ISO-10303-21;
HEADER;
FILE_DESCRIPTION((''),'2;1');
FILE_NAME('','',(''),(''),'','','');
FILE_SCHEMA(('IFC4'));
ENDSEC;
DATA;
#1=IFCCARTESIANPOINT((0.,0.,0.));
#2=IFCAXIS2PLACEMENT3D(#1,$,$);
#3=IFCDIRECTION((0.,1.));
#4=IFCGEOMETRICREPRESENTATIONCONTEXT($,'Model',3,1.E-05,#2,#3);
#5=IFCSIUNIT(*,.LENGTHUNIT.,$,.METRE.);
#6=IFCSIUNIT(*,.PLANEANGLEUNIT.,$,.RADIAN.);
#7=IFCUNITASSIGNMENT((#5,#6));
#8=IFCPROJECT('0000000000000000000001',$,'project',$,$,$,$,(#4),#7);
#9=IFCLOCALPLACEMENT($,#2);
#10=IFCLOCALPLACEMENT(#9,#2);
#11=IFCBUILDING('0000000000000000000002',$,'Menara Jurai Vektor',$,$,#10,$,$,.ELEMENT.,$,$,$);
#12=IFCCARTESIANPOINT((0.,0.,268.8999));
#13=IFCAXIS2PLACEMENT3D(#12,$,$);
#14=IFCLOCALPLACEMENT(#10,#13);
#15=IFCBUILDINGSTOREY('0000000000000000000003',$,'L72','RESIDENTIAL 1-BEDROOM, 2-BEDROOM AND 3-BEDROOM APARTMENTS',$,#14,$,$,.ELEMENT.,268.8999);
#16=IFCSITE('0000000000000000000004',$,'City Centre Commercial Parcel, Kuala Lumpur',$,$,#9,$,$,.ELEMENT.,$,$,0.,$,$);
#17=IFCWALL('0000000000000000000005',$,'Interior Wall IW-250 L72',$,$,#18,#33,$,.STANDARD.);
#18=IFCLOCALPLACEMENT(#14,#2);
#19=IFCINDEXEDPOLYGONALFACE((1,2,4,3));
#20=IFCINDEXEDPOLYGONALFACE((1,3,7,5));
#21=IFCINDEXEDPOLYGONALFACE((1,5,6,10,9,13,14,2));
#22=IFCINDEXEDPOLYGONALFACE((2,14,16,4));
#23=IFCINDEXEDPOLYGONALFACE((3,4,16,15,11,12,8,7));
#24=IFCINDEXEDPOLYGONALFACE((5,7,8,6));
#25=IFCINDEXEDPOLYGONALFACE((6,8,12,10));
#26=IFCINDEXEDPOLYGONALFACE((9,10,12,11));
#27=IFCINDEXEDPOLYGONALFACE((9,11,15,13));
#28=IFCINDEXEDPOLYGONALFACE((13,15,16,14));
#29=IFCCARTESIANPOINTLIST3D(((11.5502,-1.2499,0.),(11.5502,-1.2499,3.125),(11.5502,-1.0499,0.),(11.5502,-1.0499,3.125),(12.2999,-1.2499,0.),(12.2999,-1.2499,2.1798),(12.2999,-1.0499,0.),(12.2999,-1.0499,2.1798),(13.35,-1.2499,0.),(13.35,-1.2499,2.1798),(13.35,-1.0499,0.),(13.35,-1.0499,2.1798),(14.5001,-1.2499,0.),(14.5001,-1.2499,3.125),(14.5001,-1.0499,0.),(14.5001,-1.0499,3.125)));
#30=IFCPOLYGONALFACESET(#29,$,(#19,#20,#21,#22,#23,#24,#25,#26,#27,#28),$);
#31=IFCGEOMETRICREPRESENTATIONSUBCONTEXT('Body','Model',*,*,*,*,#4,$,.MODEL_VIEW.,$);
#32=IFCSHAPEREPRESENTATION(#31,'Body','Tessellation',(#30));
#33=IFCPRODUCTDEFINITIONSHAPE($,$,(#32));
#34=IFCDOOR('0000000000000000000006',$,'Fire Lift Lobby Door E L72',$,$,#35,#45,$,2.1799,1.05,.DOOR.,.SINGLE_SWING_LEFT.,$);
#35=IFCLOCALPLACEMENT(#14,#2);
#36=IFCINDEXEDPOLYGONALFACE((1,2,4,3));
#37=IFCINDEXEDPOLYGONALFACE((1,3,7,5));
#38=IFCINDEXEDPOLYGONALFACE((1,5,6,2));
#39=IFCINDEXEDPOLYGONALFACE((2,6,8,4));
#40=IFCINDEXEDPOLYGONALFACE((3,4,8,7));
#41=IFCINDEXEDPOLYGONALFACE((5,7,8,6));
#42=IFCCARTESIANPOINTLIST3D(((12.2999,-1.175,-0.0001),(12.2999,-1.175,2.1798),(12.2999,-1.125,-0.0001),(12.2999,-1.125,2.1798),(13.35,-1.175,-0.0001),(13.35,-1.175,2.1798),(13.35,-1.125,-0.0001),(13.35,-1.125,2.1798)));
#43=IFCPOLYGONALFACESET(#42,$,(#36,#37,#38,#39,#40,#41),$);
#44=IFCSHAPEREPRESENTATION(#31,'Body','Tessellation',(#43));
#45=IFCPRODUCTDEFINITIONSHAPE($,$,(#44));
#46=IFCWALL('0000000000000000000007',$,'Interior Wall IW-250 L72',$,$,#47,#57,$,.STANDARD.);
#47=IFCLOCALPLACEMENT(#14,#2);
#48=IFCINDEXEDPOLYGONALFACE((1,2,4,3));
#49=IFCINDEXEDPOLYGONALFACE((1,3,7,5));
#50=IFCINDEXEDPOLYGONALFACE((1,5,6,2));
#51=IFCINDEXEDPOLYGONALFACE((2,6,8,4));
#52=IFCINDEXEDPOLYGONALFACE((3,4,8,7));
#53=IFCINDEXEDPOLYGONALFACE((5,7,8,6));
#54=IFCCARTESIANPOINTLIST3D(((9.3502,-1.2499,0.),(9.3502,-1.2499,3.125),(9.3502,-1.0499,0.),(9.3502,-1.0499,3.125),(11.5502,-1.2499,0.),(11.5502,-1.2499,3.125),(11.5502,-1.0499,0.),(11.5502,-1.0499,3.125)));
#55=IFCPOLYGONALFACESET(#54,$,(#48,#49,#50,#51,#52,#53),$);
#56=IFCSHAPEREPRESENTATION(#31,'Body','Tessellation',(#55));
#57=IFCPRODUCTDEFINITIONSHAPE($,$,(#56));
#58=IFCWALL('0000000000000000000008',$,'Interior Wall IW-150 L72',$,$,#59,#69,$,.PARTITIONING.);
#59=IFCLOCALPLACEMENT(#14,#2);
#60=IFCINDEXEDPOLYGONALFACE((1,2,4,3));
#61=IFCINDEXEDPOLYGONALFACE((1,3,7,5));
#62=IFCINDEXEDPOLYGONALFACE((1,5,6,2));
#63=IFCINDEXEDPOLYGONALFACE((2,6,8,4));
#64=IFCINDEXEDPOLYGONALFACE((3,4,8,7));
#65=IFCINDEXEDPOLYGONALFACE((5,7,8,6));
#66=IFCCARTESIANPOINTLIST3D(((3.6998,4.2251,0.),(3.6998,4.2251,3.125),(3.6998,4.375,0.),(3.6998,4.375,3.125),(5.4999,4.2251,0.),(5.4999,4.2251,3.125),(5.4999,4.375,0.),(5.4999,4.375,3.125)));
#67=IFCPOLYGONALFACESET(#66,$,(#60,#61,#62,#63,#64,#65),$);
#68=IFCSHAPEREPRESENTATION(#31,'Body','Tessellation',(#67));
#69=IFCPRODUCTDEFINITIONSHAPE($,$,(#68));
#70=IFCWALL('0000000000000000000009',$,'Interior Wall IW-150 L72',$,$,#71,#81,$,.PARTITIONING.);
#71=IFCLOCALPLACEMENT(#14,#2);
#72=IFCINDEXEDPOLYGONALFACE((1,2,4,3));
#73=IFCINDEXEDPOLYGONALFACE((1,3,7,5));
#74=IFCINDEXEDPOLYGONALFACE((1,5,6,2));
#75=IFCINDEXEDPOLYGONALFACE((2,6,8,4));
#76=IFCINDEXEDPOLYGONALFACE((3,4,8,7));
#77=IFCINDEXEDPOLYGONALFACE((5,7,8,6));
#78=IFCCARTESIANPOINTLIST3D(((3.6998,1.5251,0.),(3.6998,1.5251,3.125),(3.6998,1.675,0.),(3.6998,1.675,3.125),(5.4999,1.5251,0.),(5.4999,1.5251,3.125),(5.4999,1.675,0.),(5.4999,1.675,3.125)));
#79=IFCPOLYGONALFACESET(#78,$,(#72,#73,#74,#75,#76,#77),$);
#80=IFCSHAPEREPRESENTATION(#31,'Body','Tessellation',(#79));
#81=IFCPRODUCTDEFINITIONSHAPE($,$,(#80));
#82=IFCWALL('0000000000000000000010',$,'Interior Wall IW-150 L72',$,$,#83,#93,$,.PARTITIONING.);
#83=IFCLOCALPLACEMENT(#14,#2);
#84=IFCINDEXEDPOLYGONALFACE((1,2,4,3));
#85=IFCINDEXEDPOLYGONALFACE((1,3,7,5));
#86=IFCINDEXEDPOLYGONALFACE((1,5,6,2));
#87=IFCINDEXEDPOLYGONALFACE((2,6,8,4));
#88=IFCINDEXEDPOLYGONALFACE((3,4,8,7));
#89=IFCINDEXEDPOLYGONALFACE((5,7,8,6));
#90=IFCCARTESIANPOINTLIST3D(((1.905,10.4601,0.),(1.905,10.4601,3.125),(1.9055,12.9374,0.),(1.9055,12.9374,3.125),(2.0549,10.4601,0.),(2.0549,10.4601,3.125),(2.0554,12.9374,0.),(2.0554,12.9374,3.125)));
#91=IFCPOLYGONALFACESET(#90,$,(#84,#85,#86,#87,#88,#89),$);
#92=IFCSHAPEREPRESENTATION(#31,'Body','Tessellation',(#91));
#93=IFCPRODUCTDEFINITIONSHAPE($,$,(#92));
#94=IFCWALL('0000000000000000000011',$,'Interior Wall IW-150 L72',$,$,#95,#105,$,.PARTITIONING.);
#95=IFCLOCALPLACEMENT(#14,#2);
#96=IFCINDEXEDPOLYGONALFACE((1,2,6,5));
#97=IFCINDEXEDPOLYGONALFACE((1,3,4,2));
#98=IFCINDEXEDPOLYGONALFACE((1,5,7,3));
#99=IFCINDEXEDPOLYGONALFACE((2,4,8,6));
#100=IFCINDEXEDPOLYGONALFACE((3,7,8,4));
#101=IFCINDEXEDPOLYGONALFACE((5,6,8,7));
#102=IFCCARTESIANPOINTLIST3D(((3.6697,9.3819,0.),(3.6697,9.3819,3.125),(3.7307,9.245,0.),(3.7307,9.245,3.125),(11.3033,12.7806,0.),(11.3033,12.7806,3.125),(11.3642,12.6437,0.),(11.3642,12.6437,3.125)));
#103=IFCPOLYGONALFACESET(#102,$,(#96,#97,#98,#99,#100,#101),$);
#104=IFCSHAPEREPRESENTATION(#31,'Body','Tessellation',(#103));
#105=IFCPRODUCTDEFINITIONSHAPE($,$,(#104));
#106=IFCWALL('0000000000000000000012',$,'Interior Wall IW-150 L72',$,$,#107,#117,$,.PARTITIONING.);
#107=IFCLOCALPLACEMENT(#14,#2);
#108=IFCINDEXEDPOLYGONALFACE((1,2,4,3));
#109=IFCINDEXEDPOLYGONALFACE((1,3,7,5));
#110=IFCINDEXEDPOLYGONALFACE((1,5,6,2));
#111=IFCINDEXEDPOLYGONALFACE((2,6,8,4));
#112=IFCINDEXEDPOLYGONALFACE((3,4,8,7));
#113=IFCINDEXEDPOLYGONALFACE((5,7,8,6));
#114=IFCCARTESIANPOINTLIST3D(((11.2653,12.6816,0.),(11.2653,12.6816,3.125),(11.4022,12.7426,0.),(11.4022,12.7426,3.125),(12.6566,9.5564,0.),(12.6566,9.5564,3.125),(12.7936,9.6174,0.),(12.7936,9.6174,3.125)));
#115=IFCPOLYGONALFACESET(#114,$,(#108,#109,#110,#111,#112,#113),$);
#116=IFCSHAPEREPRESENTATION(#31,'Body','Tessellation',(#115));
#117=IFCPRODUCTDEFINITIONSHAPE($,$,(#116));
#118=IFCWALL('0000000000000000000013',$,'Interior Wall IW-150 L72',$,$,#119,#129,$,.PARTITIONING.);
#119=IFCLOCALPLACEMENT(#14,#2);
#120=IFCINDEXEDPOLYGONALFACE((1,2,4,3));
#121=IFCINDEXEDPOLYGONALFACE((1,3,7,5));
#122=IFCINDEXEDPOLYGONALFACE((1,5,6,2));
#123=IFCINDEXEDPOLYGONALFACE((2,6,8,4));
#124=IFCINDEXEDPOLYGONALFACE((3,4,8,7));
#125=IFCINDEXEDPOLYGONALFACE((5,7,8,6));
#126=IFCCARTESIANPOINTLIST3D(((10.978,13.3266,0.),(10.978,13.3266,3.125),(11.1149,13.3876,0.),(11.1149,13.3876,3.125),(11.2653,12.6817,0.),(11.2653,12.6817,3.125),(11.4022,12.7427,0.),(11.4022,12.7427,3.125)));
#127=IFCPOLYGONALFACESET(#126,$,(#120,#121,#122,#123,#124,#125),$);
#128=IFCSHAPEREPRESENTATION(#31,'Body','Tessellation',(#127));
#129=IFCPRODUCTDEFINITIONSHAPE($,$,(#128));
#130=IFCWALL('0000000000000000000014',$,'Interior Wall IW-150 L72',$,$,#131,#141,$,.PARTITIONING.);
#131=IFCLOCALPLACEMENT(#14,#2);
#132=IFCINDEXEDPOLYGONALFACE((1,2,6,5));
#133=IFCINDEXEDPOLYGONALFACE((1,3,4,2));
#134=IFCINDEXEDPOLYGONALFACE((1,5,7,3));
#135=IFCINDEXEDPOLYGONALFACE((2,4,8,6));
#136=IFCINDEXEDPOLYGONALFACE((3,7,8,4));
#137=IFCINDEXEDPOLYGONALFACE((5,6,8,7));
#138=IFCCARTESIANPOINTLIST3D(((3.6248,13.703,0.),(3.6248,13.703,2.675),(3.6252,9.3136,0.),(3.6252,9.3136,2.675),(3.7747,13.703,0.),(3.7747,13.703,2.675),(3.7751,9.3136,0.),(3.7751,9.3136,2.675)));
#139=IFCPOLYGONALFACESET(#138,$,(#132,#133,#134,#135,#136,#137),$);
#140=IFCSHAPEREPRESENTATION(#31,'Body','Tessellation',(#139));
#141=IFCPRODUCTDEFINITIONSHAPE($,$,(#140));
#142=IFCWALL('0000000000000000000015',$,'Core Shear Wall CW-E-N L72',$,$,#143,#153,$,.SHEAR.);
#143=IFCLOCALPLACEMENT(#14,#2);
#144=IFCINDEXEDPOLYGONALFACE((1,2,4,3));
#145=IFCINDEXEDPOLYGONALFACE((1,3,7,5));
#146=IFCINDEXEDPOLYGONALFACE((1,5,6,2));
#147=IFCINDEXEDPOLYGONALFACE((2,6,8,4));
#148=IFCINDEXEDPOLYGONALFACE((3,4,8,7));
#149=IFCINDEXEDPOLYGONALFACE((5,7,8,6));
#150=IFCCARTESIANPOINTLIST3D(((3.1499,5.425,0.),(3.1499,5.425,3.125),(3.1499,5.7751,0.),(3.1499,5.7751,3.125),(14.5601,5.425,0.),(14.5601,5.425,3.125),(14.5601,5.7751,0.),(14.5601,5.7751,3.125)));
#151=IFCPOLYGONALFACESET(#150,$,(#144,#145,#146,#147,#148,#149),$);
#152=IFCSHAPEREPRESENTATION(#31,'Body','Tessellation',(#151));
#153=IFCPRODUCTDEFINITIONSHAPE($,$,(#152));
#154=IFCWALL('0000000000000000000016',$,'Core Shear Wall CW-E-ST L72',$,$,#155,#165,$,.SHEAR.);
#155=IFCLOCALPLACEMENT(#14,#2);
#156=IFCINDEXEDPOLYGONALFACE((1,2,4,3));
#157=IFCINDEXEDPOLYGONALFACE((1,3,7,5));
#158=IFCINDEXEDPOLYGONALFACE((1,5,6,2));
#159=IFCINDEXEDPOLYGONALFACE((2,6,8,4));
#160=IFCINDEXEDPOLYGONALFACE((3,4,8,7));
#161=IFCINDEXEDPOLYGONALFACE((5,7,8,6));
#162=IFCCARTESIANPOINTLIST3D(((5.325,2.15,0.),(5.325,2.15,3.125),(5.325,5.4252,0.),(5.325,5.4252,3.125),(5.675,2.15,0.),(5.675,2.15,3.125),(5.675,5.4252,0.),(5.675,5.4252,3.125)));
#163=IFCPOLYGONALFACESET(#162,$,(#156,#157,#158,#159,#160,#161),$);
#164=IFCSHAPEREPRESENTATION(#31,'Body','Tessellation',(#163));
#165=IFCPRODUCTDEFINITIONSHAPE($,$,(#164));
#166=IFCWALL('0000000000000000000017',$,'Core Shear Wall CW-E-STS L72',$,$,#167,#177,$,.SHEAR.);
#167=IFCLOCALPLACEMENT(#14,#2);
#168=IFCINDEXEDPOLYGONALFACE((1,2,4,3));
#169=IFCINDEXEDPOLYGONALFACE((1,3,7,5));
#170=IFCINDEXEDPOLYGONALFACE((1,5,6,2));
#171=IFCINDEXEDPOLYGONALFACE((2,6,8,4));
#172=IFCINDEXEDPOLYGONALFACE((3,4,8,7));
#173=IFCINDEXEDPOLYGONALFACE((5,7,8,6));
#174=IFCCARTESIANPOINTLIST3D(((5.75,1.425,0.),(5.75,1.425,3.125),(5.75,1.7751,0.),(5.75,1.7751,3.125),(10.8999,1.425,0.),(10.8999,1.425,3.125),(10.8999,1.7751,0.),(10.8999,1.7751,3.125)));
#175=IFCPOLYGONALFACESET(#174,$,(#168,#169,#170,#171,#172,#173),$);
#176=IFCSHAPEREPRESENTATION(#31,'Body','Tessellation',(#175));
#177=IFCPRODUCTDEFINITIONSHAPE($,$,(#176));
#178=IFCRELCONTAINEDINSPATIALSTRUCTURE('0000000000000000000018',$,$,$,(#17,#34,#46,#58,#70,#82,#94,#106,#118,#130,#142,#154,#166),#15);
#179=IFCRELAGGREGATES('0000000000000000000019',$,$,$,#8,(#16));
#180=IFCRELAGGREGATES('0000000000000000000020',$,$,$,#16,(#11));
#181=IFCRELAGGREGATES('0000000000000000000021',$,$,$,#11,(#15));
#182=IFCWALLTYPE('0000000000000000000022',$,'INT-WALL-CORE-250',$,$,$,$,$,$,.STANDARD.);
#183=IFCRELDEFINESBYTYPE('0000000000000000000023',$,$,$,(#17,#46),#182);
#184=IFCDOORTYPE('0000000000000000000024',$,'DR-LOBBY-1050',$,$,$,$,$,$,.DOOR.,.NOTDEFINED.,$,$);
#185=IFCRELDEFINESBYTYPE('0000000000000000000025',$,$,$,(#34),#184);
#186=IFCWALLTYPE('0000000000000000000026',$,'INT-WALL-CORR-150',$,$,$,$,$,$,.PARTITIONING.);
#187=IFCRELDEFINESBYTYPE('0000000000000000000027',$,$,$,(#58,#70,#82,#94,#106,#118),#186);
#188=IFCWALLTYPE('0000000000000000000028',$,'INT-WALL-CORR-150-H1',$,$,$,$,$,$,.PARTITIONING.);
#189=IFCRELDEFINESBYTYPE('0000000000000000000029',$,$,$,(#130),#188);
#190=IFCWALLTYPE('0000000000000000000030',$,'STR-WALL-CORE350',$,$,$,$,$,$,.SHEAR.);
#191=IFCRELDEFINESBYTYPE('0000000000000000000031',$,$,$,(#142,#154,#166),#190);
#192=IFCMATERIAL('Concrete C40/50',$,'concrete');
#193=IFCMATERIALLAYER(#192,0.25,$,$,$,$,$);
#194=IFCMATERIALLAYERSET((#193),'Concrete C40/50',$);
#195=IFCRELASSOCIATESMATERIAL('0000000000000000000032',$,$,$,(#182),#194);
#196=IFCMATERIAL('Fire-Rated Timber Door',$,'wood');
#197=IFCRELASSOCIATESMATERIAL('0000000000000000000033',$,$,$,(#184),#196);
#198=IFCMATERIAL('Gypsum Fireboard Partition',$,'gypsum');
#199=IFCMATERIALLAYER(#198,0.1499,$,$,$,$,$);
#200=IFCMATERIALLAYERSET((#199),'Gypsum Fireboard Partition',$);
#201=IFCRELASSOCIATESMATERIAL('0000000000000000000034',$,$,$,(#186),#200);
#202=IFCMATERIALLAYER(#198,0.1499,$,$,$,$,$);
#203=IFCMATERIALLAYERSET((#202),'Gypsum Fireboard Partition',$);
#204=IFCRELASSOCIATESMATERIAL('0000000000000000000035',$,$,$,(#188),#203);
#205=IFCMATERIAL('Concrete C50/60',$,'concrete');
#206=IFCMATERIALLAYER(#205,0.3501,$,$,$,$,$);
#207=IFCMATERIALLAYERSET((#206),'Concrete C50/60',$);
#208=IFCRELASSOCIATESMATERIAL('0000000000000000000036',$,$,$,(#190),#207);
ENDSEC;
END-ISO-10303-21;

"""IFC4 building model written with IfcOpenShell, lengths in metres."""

from ifc_helpers import new_model, si_unit, direction, frame, frame_2d, origin, place, context, subcontext, project, spatial, rectangle, extrude, material, layer, layer_set, type_object, element, fill, save


model = new_model("IFC4")

# Units and contexts
model_context = context("Model", 3, precision=1e-05, world=origin(), true_north=direction((0.0, 1.0)))
body_context = subcontext(model_context, "Body", "Model", "MODEL_VIEW")
ifc_project = project(units=[si_unit("LENGTHUNIT", "METRE"), si_unit("PLANEANGLEUNIT", "RADIAN")], contexts=[model_context])

# Site, building, storey
site_placement = place(None, origin())
site = spatial("IfcSite", under=ifc_project, at=site_placement, Name="City Centre Commercial Parcel, Kuala Lumpur", CompositionType="ELEMENT", RefElevation=0.0)
building_placement = place(site_placement, origin())
building = spatial("IfcBuilding", under=site, at=building_placement, Name="Menara Jurai Vektor", CompositionType="ELEMENT")
storey_placement = place(building_placement, frame((0.0, 0.0, 268.8999)))
storey = spatial("IfcBuildingStorey", under=building, at=storey_placement, Name="L72", Description="RESIDENTIAL 1-BEDROOM, 2-BEDROOM AND 3-BEDROOM APARTMENTS", CompositionType="ELEMENT", Elevation=268.8999)

# Shared definitions
ifc_material_1 = material(Name="Concrete C50/60", Category="concrete")

# Shared definitions
ifc_material_2 = material(Name="Concrete C40/50", Category="concrete")
ifc_layer_1 = layer(ifc_material_2, 0.25)
ifc_layer_set_1 = layer_set([ifc_layer_1], Name="Concrete C40/50")
wall_type_1 = type_object("IfcWallType", Name="INT-WALL-CORE-250", PredefinedType="STANDARD", material=ifc_layer_set_1)

# Wall, opening, door
wall_1_placement = place(storey_placement, frame((11.55, -1.1499, 0.0), z_axis=(0.0, 0.0, 1.0), x_axis=(1.0, 0.0, 0.0)))
wall_1 = element("IfcWall", 1, at=wall_1_placement, inside=storey, type_object=wall_type_1, Name="Interior Wall IW-250 L72", PredefinedType="STANDARD", context=body_context, shape_type="SweptSolid", body=[
    extrude(rectangle(XDim=2.95, YDim=0.2, at=frame_2d((1.4751, 0.0))), origin(), (0.0, 0.0, 1.0), 3.125),
])
opening_1_placement = place(wall_1_placement, frame((0.75, 0.0, 0.0)))
opening_1 = element("IfcOpeningElement", 2, at=opening_1_placement, cuts=wall_1, PredefinedType="OPENING", context=body_context, shape_type="SweptSolid", body=[
    extrude(rectangle(XDim=1.05, YDim=2.1799, at=frame_2d((0.5249, 1.0898))), frame((0.0, 0.1099, 0.0), z_axis=(0.0, -1.0, 0.0), x_axis=(1.0, 0.0, 0.0)), (0.0, 0.0, 1.0), 0.22),
])
ifc_material_3 = material(Name="Fire-Rated Timber Door", Category="wood")
door_type_1 = type_object("IfcDoorType", Name="DR-LOBBY-1050", OperationType="NOTDEFINED", PredefinedType="DOOR", material=ifc_material_3)
door_1_placement = place(opening_1_placement, origin())
door_1 = element("IfcDoor", 3, at=door_1_placement, inside=storey, type_object=door_type_1, Name="Fire Lift Lobby Door E L72", OperationType="SINGLE_SWING_LEFT", OverallHeight=2.1799, OverallWidth=1.05, PredefinedType="DOOR", context=body_context, shape_type="SweptSolid", body=[
    extrude(rectangle(XDim=1.05, YDim=2.1799, at=frame_2d((0.5249, 1.0898))), frame((0.0, 0.0249, 0.0), z_axis=(0.0, -1.0, 0.0), x_axis=(1.0, 0.0, 0.0)), (0.0, 0.0, 1.0), 0.05),
])
fill(opening_1, door_1)

# Walls
wall_2_placement = place(storey_placement, frame((9.3501, -1.1499, 0.0), z_axis=(0.0, 0.0, 1.0), x_axis=(1.0, 0.0, 0.0)))
element("IfcWall", 4, at=wall_2_placement, inside=storey, type_object=wall_type_1, Name="Interior Wall IW-250 L72", PredefinedType="STANDARD", context=body_context, shape_type="SweptSolid", body=[
    extrude(rectangle(XDim=2.2, YDim=0.2, at=frame_2d((1.1001, 0.0))), origin(), (0.0, 0.0, 1.0), 3.125),
])
ifc_material_4 = material(Name="Gypsum Fireboard Partition", Category="gypsum")
ifc_layer_2 = layer(ifc_material_4, 0.1499)
ifc_layer_set_2 = layer_set([ifc_layer_2], Name="Gypsum Fireboard Partition")
wall_type_2 = type_object("IfcWallType", Name="INT-WALL-CORR-150", PredefinedType="PARTITIONING", material=ifc_layer_set_2)
for number, where, z_axis, x_axis, name in (
    (5, (3.7, 4.3, 0.0), (0.0, 0.0, 1.0), (1.0, 0.0, 0.0), "Interior Wall IW-150 L72"),
    (6, (3.7, 1.6001, 0.0), (0.0, 0.0, 1.0), (1.0, 0.0, 0.0), "Interior Wall IW-150 L72"),
):
    element("IfcWall", number, at=place(storey_placement, frame(where, z_axis=z_axis, x_axis=x_axis)), inside=storey, type_object=wall_type_2, Name=name, PredefinedType="PARTITIONING", context=body_context, shape_type="SweptSolid", body=[
        extrude(rectangle(XDim=1.8, YDim=0.1499, at=frame_2d((0.8999, 0.0))), origin(), (0.0, 0.0, 1.0), 3.125),
    ])

# Walls
wall_3_placement = place(storey_placement, frame((1.98, 10.46, 0.0), z_axis=(0.0, 0.0, 1.0), x_axis=(0.000197, 1.0, 0.0)))
element("IfcWall", 7, at=wall_3_placement, inside=storey, type_object=wall_type_2, Name="Interior Wall IW-150 L72", PredefinedType="PARTITIONING", context=body_context, shape_type="SweptSolid", body=[
    extrude(rectangle(XDim=2.4773, YDim=0.1499, at=frame_2d((1.2388, 0.0))), origin(), (0.0, 0.0, 1.0), 3.125),
])
wall_4_placement = place(storey_placement, frame((3.7002, 9.3135, 0.0), z_axis=(0.0, 0.0, 1.0), x_axis=(0.913545, 0.406737, 0.0)))
element("IfcWall", 8, at=wall_4_placement, inside=storey, type_object=wall_type_2, Name="Interior Wall IW-150 L72", PredefinedType="PARTITIONING", context=body_context, shape_type="SweptSolid", body=[
    extrude(rectangle(XDim=8.356, YDim=0.1499, at=frame_2d((4.178, 0.0))), origin(), (0.0, 0.0, 1.0), 3.125),
])
wall_5_placement = place(storey_placement, frame((12.7251, 9.5869, 0.0), z_axis=(0.0, 0.0, 1.0), x_axis=(-0.406714, 0.913555, 0.0)))
element("IfcWall", 9, at=wall_5_placement, inside=storey, type_object=wall_type_2, Name="Interior Wall IW-150 L72", PredefinedType="PARTITIONING", context=body_context, shape_type="SweptSolid", body=[
    extrude(rectangle(XDim=3.4209, YDim=0.1499, at=frame_2d((1.7104, 0.0))), origin(), (0.0, 0.0, 1.0), 3.125),
])
wall_6_placement = place(storey_placement, frame((11.3337, 12.7122, 0.0), z_axis=(0.0, 0.0, 1.0), x_axis=(-0.40694, 0.913455, 0.0)))
element("IfcWall", 10, at=wall_6_placement, inside=storey, type_object=wall_type_2, Name="Interior Wall IW-150 L72", PredefinedType="PARTITIONING", context=body_context, shape_type="SweptSolid", body=[
    extrude(rectangle(XDim=0.7061, YDim=0.1499, at=frame_2d((0.353, 0.0))), origin(), (0.0, 0.0, 1.0), 3.125),
])
ifc_layer_3 = layer(ifc_material_4, 0.1499)
ifc_layer_set_3 = layer_set([ifc_layer_3], Name="Gypsum Fireboard Partition")
wall_type_3 = type_object("IfcWallType", Name="INT-WALL-CORR-150-H1", PredefinedType="PARTITIONING", material=ifc_layer_set_3)
wall_7_placement = place(storey_placement, frame((3.7002, 9.3135, 0.0), z_axis=(0.0, 0.0, 1.0), x_axis=(-0.000111, 1.0, 0.0)))
element("IfcWall", 11, at=wall_7_placement, inside=storey, type_object=wall_type_3, Name="Interior Wall IW-150 L72", PredefinedType="PARTITIONING", context=body_context, shape_type="SweptSolid", body=[
    extrude(rectangle(XDim=4.3894, YDim=0.1499, at=frame_2d((2.1948, 0.0))), origin(), (0.0, 0.0, 1.0), 2.675),
])
ifc_layer_4 = layer(ifc_material_1, 0.3501)
ifc_layer_set_4 = layer_set([ifc_layer_4], Name="Concrete C50/60")
wall_type_4 = type_object("IfcWallType", Name="STR-WALL-CORE350", PredefinedType="SHEAR", material=ifc_layer_set_4)
wall_8_placement = place(storey_placement, frame((3.1499, 5.6001, 0.0), z_axis=(0.0, 0.0, 1.0), x_axis=(1.0, 0.0, 0.0)))
element("IfcWall", 12, at=wall_8_placement, inside=storey, type_object=wall_type_4, Name="Core Shear Wall CW-E-N L72", PredefinedType="SHEAR", context=body_context, shape_type="SweptSolid", body=[
    extrude(rectangle(XDim=11.4102, YDim=0.3501, at=frame_2d((5.7051, 0.0))), origin(), (0.0, 0.0, 1.0), 3.125),
])
wall_9_placement = place(storey_placement, frame((5.5, 2.1499, 0.0), z_axis=(0.0, 0.0, 1.0), x_axis=(0.0, 1.0, 0.0)))
element("IfcWall", 13, at=wall_9_placement, inside=storey, type_object=wall_type_4, Name="Core Shear Wall CW-E-ST L72", PredefinedType="SHEAR", context=body_context, shape_type="SweptSolid", body=[
    extrude(rectangle(XDim=3.2751, YDim=0.3501, at=frame_2d((1.6377, 0.0))), origin(), (0.0, 0.0, 1.0), 3.125),
])
wall_10_placement = place(storey_placement, frame((5.75, 1.6001, 0.0), z_axis=(0.0, 0.0, 1.0), x_axis=(1.0, 0.0, 0.0)))
element("IfcWall", 14, at=wall_10_placement, inside=storey, type_object=wall_type_4, Name="Core Shear Wall CW-E-STS L72", PredefinedType="SHEAR", context=body_context, shape_type="SweptSolid", body=[
    extrude(rectangle(XDim=5.1499, YDim=0.3501, at=frame_2d((2.575, 0.0))), origin(), (0.0, 0.0, 1.0), 3.125),
])

save(model, "model.ifc")
